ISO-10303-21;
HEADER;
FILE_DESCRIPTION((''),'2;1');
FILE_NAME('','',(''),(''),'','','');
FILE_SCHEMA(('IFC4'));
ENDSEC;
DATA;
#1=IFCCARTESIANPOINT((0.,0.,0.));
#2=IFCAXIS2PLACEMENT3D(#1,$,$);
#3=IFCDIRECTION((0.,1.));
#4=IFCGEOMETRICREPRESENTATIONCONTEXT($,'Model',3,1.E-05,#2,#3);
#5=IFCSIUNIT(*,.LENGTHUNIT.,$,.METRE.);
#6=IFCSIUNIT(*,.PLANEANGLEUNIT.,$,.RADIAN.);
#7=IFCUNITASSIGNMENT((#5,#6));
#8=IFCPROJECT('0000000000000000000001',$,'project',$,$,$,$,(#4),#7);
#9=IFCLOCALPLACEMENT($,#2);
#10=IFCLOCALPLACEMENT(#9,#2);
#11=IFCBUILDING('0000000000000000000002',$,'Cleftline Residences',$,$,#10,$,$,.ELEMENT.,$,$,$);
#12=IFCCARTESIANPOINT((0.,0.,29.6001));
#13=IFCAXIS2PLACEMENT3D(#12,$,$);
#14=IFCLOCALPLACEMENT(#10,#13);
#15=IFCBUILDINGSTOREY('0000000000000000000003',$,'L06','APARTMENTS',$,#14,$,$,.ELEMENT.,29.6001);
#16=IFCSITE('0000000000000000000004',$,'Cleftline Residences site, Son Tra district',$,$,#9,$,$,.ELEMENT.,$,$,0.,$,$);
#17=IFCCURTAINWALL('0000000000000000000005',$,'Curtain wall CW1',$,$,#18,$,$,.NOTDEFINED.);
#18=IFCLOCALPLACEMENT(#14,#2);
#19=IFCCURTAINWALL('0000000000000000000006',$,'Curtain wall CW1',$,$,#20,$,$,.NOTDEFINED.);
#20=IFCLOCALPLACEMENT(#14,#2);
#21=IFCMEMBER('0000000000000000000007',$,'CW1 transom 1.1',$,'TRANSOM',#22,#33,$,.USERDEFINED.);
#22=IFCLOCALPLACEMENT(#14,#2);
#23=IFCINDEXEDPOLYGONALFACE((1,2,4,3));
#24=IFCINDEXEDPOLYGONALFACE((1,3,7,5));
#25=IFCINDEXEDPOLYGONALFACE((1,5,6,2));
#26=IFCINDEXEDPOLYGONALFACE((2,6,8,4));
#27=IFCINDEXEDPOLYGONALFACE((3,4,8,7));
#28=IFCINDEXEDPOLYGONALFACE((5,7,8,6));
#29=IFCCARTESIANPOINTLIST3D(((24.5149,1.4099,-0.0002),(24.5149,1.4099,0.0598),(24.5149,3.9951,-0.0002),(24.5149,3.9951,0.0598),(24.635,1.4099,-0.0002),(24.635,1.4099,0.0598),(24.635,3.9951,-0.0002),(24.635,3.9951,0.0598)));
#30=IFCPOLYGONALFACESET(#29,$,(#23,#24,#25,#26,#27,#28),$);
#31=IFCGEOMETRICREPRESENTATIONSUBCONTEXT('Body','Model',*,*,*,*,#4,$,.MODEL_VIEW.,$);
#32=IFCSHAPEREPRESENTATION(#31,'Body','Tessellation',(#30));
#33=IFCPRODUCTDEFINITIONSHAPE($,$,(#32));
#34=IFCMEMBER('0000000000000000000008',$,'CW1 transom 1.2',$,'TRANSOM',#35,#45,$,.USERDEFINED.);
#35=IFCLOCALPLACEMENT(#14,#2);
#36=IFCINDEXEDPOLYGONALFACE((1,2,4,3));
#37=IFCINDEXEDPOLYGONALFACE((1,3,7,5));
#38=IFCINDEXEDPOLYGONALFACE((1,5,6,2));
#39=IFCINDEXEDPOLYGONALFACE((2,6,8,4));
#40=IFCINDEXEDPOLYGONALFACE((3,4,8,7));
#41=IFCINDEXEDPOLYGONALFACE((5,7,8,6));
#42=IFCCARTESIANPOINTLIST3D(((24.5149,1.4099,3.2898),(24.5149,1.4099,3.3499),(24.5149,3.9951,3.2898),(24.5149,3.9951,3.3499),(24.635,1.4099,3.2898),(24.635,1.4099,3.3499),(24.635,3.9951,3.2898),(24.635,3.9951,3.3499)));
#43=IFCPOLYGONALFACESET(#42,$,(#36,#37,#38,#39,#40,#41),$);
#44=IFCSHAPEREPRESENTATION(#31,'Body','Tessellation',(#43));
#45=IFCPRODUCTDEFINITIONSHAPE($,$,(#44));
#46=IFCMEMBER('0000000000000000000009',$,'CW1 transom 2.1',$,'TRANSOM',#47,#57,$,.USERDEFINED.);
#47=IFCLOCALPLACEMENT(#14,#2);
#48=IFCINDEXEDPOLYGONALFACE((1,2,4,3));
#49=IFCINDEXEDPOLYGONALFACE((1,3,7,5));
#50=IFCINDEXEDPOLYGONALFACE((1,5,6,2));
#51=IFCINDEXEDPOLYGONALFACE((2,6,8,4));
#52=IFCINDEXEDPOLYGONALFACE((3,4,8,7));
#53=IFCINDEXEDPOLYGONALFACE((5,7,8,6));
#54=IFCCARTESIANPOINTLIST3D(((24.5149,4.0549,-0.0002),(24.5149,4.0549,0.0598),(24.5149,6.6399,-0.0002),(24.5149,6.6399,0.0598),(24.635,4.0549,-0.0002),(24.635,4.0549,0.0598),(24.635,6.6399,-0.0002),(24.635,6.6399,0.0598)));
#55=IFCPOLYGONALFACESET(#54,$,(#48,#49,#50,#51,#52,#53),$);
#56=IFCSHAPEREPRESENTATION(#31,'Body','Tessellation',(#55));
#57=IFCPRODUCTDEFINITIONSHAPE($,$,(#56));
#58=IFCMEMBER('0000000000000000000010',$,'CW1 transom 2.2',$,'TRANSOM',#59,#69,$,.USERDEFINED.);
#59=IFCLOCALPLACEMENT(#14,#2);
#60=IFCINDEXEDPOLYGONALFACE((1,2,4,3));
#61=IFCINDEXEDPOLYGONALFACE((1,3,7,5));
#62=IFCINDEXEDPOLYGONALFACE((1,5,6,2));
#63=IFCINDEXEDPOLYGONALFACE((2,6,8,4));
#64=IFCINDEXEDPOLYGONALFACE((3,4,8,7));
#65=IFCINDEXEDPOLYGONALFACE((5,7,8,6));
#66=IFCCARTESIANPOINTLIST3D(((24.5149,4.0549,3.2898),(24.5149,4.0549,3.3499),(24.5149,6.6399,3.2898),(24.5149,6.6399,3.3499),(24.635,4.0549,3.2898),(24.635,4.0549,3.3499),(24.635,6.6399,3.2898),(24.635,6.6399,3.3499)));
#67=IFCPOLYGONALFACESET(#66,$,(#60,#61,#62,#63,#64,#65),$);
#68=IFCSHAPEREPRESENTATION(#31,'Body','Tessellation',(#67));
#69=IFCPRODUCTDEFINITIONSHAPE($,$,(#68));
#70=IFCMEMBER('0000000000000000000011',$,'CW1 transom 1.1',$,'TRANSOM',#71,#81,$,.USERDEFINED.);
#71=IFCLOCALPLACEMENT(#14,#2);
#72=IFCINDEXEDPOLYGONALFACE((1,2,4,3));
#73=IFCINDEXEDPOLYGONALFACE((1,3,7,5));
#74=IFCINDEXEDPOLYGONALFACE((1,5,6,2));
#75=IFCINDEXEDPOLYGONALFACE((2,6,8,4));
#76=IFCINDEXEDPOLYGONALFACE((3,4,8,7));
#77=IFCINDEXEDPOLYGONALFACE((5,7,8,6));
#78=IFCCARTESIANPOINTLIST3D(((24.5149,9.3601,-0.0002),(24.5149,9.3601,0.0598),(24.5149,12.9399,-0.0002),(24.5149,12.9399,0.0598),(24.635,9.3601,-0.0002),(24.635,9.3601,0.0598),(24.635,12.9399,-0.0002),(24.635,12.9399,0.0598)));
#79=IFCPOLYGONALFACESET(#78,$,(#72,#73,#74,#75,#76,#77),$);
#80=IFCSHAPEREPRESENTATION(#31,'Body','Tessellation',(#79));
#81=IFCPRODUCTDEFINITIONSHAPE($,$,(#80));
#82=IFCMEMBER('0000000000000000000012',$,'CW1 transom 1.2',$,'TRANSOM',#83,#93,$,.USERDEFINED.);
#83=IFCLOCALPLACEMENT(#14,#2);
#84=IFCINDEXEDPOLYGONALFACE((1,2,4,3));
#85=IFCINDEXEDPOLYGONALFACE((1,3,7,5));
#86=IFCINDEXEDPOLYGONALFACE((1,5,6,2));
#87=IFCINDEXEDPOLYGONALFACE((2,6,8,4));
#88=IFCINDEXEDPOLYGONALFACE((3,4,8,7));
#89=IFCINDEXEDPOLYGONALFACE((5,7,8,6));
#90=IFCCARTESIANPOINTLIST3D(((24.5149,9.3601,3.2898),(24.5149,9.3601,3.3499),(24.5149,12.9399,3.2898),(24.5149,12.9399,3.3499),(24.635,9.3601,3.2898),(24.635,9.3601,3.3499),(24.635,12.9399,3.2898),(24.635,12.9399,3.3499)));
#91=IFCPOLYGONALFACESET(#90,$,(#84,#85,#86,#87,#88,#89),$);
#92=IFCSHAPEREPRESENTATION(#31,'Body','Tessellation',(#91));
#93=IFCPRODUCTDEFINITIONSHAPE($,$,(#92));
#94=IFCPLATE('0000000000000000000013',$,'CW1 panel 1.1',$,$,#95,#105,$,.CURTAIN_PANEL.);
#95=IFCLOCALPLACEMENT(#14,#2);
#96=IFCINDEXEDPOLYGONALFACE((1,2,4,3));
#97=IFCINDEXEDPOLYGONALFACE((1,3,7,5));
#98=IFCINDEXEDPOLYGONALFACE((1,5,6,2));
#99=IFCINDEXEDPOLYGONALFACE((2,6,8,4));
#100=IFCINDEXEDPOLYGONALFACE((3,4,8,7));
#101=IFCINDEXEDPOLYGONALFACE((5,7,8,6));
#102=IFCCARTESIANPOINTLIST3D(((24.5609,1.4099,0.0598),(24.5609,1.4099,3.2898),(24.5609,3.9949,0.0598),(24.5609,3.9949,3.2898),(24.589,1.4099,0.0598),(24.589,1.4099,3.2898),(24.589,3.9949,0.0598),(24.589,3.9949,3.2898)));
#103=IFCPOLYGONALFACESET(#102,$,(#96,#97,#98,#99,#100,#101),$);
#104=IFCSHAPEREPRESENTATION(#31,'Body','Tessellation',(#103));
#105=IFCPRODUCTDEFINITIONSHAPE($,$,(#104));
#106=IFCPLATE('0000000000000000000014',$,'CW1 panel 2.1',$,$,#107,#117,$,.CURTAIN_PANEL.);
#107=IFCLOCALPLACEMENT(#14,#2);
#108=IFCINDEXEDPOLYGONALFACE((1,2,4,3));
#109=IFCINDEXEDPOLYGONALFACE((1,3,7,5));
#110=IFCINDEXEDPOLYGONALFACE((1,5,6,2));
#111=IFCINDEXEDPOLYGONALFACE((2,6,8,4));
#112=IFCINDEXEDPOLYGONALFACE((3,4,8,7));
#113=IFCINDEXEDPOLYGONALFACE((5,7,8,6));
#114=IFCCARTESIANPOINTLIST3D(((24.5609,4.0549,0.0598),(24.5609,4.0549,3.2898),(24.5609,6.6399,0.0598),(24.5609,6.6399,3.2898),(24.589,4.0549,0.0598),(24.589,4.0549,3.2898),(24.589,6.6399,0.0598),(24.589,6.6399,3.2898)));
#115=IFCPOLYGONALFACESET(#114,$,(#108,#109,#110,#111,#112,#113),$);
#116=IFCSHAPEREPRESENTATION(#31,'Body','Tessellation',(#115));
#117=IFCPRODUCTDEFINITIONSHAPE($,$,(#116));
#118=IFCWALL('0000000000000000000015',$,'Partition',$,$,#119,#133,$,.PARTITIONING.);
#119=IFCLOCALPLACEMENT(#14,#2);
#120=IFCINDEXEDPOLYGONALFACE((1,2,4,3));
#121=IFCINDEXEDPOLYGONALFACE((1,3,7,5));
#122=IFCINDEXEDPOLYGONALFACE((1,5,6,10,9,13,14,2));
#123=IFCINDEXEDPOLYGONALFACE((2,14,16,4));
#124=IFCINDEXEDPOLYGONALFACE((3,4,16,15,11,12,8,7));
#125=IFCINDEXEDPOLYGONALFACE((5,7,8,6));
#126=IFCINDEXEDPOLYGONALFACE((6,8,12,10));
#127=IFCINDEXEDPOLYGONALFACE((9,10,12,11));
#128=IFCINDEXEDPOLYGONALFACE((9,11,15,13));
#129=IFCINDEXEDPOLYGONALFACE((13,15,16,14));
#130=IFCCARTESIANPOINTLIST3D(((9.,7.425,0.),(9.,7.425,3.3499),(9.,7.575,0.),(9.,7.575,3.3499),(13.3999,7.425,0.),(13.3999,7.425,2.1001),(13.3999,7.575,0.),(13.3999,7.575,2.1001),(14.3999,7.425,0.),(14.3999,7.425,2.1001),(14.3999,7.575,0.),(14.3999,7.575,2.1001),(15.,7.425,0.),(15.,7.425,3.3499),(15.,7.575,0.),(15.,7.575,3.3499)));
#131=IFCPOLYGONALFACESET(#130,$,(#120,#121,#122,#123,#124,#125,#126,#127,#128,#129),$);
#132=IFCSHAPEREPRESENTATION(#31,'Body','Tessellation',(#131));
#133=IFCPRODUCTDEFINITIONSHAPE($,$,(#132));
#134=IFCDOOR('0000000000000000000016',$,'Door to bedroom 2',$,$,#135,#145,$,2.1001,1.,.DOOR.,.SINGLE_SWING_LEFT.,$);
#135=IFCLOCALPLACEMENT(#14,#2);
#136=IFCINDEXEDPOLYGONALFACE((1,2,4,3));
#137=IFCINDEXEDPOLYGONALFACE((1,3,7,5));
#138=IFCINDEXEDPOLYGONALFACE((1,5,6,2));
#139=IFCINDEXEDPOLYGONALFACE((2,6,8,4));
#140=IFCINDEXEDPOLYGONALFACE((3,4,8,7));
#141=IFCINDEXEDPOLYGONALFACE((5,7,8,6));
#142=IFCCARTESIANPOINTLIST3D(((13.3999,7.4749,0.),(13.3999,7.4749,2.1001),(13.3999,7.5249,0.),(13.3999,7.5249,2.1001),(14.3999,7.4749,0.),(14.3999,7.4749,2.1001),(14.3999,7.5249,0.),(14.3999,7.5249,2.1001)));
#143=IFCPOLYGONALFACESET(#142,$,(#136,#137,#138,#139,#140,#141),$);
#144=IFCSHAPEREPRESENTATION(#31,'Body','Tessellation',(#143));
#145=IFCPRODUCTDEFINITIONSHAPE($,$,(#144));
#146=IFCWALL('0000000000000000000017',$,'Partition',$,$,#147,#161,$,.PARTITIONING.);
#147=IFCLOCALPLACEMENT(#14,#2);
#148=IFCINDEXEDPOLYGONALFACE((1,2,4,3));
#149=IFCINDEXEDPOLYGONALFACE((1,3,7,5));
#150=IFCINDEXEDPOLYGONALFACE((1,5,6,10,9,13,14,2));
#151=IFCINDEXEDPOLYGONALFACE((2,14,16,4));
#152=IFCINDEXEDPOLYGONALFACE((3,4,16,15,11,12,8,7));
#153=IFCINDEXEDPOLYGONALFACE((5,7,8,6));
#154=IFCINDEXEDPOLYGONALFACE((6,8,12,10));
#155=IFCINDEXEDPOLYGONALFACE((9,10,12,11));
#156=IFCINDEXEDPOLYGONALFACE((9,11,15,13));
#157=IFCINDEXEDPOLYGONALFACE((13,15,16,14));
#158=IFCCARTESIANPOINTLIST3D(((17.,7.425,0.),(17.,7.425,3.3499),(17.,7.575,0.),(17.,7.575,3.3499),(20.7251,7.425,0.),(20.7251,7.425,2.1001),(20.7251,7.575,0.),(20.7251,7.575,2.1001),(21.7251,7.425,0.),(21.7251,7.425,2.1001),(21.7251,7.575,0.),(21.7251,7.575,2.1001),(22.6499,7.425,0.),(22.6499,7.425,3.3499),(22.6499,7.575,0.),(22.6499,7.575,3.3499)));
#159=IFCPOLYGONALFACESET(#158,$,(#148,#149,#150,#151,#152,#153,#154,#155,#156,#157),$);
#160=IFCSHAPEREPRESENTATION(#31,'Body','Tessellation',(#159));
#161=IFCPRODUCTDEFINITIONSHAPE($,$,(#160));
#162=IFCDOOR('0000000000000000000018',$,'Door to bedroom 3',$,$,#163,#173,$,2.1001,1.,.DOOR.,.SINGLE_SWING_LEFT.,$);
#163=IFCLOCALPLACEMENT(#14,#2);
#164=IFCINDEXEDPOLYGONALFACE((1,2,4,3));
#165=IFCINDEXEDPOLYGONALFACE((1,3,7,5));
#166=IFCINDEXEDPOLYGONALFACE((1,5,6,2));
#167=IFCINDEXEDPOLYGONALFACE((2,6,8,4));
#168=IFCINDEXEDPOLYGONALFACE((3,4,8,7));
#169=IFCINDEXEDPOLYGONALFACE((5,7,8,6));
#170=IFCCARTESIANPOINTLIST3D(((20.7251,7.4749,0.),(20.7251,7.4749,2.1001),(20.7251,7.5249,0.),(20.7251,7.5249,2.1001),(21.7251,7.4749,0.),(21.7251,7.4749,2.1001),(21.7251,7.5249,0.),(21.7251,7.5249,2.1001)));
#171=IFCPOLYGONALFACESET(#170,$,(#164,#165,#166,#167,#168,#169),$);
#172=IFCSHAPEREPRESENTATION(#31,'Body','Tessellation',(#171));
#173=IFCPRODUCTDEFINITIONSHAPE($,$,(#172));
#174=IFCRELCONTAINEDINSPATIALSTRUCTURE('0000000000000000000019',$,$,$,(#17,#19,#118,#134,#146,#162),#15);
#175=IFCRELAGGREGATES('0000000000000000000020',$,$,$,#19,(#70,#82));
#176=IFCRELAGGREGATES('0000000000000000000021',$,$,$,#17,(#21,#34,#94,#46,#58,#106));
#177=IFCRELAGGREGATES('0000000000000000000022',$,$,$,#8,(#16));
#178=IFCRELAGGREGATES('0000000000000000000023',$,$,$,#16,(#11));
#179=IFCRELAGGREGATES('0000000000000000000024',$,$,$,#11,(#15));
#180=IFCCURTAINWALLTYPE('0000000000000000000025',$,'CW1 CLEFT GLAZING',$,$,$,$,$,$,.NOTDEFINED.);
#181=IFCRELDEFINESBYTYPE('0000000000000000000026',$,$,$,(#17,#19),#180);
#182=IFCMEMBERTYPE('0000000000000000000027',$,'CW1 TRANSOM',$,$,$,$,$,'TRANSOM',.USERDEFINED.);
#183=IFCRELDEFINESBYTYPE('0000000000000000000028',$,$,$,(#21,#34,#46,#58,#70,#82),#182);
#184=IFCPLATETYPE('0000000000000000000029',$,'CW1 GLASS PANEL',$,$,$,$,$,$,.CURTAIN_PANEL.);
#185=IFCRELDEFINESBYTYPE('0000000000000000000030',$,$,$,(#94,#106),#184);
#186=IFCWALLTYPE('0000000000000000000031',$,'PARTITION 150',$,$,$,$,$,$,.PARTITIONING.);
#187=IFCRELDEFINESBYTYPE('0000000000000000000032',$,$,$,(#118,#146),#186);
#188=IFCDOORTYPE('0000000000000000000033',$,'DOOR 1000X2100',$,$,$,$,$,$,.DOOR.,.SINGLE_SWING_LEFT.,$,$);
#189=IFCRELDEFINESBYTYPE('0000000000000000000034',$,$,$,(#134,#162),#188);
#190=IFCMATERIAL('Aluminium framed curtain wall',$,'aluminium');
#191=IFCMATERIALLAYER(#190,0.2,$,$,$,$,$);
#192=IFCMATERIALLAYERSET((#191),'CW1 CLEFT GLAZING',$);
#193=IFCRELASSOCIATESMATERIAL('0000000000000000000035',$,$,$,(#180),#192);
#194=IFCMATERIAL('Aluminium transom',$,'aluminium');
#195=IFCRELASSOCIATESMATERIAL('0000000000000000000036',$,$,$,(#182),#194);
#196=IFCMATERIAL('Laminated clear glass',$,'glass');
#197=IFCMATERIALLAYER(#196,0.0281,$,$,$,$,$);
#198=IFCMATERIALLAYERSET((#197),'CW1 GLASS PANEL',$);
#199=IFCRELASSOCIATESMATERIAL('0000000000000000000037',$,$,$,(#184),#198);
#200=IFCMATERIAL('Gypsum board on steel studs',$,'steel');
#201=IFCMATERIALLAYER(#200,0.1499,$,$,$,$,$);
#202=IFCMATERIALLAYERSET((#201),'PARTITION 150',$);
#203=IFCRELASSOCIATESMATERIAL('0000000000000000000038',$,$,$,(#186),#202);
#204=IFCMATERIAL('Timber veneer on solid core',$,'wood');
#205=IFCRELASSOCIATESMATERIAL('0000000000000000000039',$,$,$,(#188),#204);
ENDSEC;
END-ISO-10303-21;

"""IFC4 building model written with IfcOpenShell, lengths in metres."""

from ifc_helpers import new_model, si_unit, direction, frame, frame_2d, origin, origin_2d, place, context, subcontext, project, spatial, rectangle, extrude, material, layer, layer_set, material_profile, profile_set, type_object, element, fill, aggregate, save


model = new_model("IFC4")

# Units and contexts
model_context = context("Model", 3, precision=1e-05, world=origin(), true_north=direction((0.0, 1.0)))
body_context = subcontext(model_context, "Body", "Model", "MODEL_VIEW")
ifc_project = project(units=[si_unit("LENGTHUNIT", "METRE"), si_unit("PLANEANGLEUNIT", "RADIAN")], contexts=[model_context])

# Site, building, storey
site_placement = place(None, origin())
site = spatial("IfcSite", under=ifc_project, at=site_placement, Name="Cleftline Residences site, Son Tra district", CompositionType="ELEMENT", RefElevation=0.0)
building_placement = place(site_placement, origin())
building = spatial("IfcBuilding", under=site, at=building_placement, Name="Cleftline Residences", CompositionType="ELEMENT")
storey_placement = place(building_placement, frame((0.0, 0.0, 29.6001)))
storey = spatial("IfcBuildingStorey", under=building, at=storey_placement, Name="L06", Description="APARTMENTS", CompositionType="ELEMENT", Elevation=29.6001)

# Curtain wall
ifc_material_1 = material(Name="Aluminium framed curtain wall", Category="aluminium")
ifc_layer_1 = layer(ifc_material_1, 0.2)
ifc_layer_set_1 = layer_set([ifc_layer_1], Name="CW1 CLEFT GLAZING")
curtain_wall_type = type_object("IfcCurtainWallType", Name="CW1 CLEFT GLAZING", PredefinedType="NOTDEFINED", material=ifc_layer_set_1)
curtain_wall_1_placement = place(storey_placement, origin())
curtain_wall_1 = element("IfcCurtainWall", 1, at=curtain_wall_1_placement, inside=storey, type_object=curtain_wall_type, Name="Curtain wall CW1", PredefinedType="NOTDEFINED")

# Curtain wall
curtain_wall_2_placement = place(storey_placement, origin())
curtain_wall_2 = element("IfcCurtainWall", 2, at=curtain_wall_2_placement, inside=storey, type_object=curtain_wall_type, Name="Curtain wall CW1", PredefinedType="NOTDEFINED")

# Members
ifc_material_2 = material(Name="Aluminium transom", Category="aluminium")
ifc_material_profile_1 = material_profile(ifc_material_2, rectangle(XDim=0.1201, YDim=0.0601, at=origin_2d()))
ifc_profile_set_1 = profile_set([ifc_material_profile_1], Name="Aluminium transom")
member_type_1 = type_object("IfcMemberType", Name="CW1 TRANSOM", ElementType="TRANSOM", PredefinedType="USERDEFINED", material=ifc_profile_set_1)
member_1_placement = place(storey_placement, frame((24.575, 1.4099, 0.0298), z_axis=(0.0, 1.0, 0.0), x_axis=(-1.0, 0.0, 0.0)))
member_1 = element("IfcMember", 3, at=member_1_placement, type_object=member_type_1, Name="CW1 transom 1.1", ObjectType="TRANSOM", PredefinedType="USERDEFINED", context=body_context, shape_type="SweptSolid", body=[
    extrude(rectangle(XDim=0.1201, YDim=0.0601, at=origin_2d()), origin(), (0.0, 0.0, 1.0), 2.5852),
])
member_2_placement = place(storey_placement, frame((24.575, 1.4099, 3.3198), z_axis=(0.0, 1.0, 0.0), x_axis=(-1.0, 0.0, 0.0)))
member_2 = element("IfcMember", 4, at=member_2_placement, type_object=member_type_1, Name="CW1 transom 1.2", ObjectType="TRANSOM", PredefinedType="USERDEFINED", context=body_context, shape_type="SweptSolid", body=[
    extrude(rectangle(XDim=0.1201, YDim=0.0601, at=origin_2d()), origin(), (0.0, 0.0, 1.0), 2.5852),
])
member_3_placement = place(storey_placement, frame((24.575, 4.0549, 0.0298), z_axis=(0.0, 1.0, 0.0), x_axis=(-1.0, 0.0, 0.0)))
member_3 = element("IfcMember", 5, at=member_3_placement, type_object=member_type_1, Name="CW1 transom 2.1", ObjectType="TRANSOM", PredefinedType="USERDEFINED", context=body_context, shape_type="SweptSolid", body=[
    extrude(rectangle(XDim=0.1201, YDim=0.0601, at=origin_2d()), origin(), (0.0, 0.0, 1.0), 2.585),
])
member_4_placement = place(storey_placement, frame((24.575, 4.0549, 3.3198), z_axis=(0.0, 1.0, 0.0), x_axis=(-1.0, 0.0, 0.0)))
member_4 = element("IfcMember", 6, at=member_4_placement, type_object=member_type_1, Name="CW1 transom 2.2", ObjectType="TRANSOM", PredefinedType="USERDEFINED", context=body_context, shape_type="SweptSolid", body=[
    extrude(rectangle(XDim=0.1201, YDim=0.0601, at=origin_2d()), origin(), (0.0, 0.0, 1.0), 2.585),
])
member_5_placement = place(storey_placement, frame((24.575, 9.3601, 0.0298), z_axis=(0.0, 1.0, 0.0), x_axis=(-1.0, 0.0, 0.0)))
member_5 = element("IfcMember", 7, at=member_5_placement, type_object=member_type_1, Name="CW1 transom 1.1", ObjectType="TRANSOM", PredefinedType="USERDEFINED", context=body_context, shape_type="SweptSolid", body=[
    extrude(rectangle(XDim=0.1201, YDim=0.0601, at=origin_2d()), origin(), (0.0, 0.0, 1.0), 3.5798),
])
member_6_placement = place(storey_placement, frame((24.575, 9.3601, 3.3198), z_axis=(0.0, 1.0, 0.0), x_axis=(-1.0, 0.0, 0.0)))
member_6 = element("IfcMember", 8, at=member_6_placement, type_object=member_type_1, Name="CW1 transom 1.2", ObjectType="TRANSOM", PredefinedType="USERDEFINED", context=body_context, shape_type="SweptSolid", body=[
    extrude(rectangle(XDim=0.1201, YDim=0.0601, at=origin_2d()), origin(), (0.0, 0.0, 1.0), 3.5798),
])
aggregate(curtain_wall_2, [member_5, member_6])

# Plates
ifc_material_3 = material(Name="Laminated clear glass", Category="glass")
ifc_layer_2 = layer(ifc_material_3, 0.0281)
ifc_layer_set_2 = layer_set([ifc_layer_2], Name="CW1 GLASS PANEL")
plate_type = type_object("IfcPlateType", Name="CW1 GLASS PANEL", PredefinedType="CURTAIN_PANEL", material=ifc_layer_set_2)
plate_1_placement = place(storey_placement, frame((24.575, 2.7024, 0.0598), z_axis=(0.0, 0.0, 1.0), x_axis=(0.0, 1.0, 0.0)))
plate_1 = element("IfcPlate", 9, at=plate_1_placement, type_object=plate_type, Name="CW1 panel 1.1", PredefinedType="CURTAIN_PANEL", context=body_context, shape_type="SweptSolid", body=[
    extrude(rectangle(XDim=2.585, YDim=0.0281, at=origin_2d()), origin(), (0.0, 0.0, 1.0), 3.23),
])
plate_2_placement = place(storey_placement, frame((24.575, 5.3474, 0.0598), z_axis=(0.0, 0.0, 1.0), x_axis=(0.0, 1.0, 0.0)))
plate_2 = element("IfcPlate", 10, at=plate_2_placement, type_object=plate_type, Name="CW1 panel 2.1", PredefinedType="CURTAIN_PANEL", context=body_context, shape_type="SweptSolid", body=[
    extrude(rectangle(XDim=2.585, YDim=0.0281, at=origin_2d()), origin(), (0.0, 0.0, 1.0), 3.23),
])
aggregate(curtain_wall_1, [member_1, member_2, plate_1, member_3, member_4, plate_2])

# Walls, openings, doors
ifc_material_4 = material(Name="Gypsum board on steel studs", Category="steel")
ifc_layer_3 = layer(ifc_material_4, 0.1499)
ifc_layer_set_3 = layer_set([ifc_layer_3], Name="PARTITION 150")
wall_type = type_object("IfcWallType", Name="PARTITION 150", PredefinedType="PARTITIONING", material=ifc_layer_set_3)
wall_1_placement = place(storey_placement, frame((9.0, 7.5, 0.0), z_axis=(0.0, 0.0, 1.0), x_axis=(1.0, 0.0, 0.0)))
wall_1 = element("IfcWall", 11, at=wall_1_placement, inside=storey, type_object=wall_type, Name="Partition", PredefinedType="PARTITIONING", context=body_context, shape_type="SweptSolid", body=[
    extrude(rectangle(XDim=6.0, YDim=0.1499, at=frame_2d((3.0, 0.0))), origin(), (0.0, 0.0, 1.0), 3.3499),
])
opening_1_placement = place(wall_1_placement, frame((4.3999, 0.0, 0.0)))
opening_1 = element("IfcOpeningElement", 12, at=opening_1_placement, cuts=wall_1, PredefinedType="OPENING", context=body_context, shape_type="SweptSolid", body=[
    extrude(rectangle(XDim=1.0, YDim=2.1001, at=frame_2d((0.5, 1.05))), frame((0.0, 0.085, 0.0), z_axis=(0.0, -1.0, 0.0), x_axis=(1.0, 0.0, 0.0)), (0.0, 0.0, 1.0), 0.1699),
])
ifc_material_5 = material(Name="Timber veneer on solid core", Category="wood")
door_type_1 = type_object("IfcDoorType", Name="DOOR 1000X2100", OperationType="SINGLE_SWING_LEFT", PredefinedType="DOOR", material=ifc_material_5)
door_1_placement = place(opening_1_placement, origin())
door_1 = element("IfcDoor", 13, at=door_1_placement, inside=storey, type_object=door_type_1, Name="Door to bedroom 2", OperationType="SINGLE_SWING_LEFT", OverallHeight=2.1001, OverallWidth=1.0, PredefinedType="DOOR", context=body_context, shape_type="SweptSolid", body=[
    extrude(rectangle(XDim=1.0, YDim=2.1001, at=frame_2d((0.5, 1.05))), frame((0.0, 0.0249, 0.0), z_axis=(0.0, -1.0, 0.0), x_axis=(1.0, 0.0, 0.0)), (0.0, 0.0, 1.0), 0.05),
])
fill(opening_1, door_1)
wall_2_placement = place(storey_placement, frame((17.0, 7.5, 0.0), z_axis=(0.0, 0.0, 1.0), x_axis=(1.0, 0.0, 0.0)))
wall_2 = element("IfcWall", 14, at=wall_2_placement, inside=storey, type_object=wall_type, Name="Partition", PredefinedType="PARTITIONING", context=body_context, shape_type="SweptSolid", body=[
    extrude(rectangle(XDim=5.6499, YDim=0.1499, at=frame_2d((2.825, 0.0))), origin(), (0.0, 0.0, 1.0), 3.3499),
])
opening_2_placement = place(wall_2_placement, frame((3.7251, 0.0, 0.0)))
opening_2 = element("IfcOpeningElement", 15, at=opening_2_placement, cuts=wall_2, PredefinedType="OPENING", context=body_context, shape_type="SweptSolid", body=[
    extrude(rectangle(XDim=1.0, YDim=2.1001, at=frame_2d((0.5, 1.05))), frame((0.0, 0.085, 0.0), z_axis=(0.0, -1.0, 0.0), x_axis=(1.0, 0.0, 0.0)), (0.0, 0.0, 1.0), 0.1699),
])
door_2_placement = place(opening_2_placement, origin())
door_2 = element("IfcDoor", 16, at=door_2_placement, inside=storey, type_object=door_type_1, Name="Door to bedroom 3", OperationType="SINGLE_SWING_LEFT", OverallHeight=2.1001, OverallWidth=1.0, PredefinedType="DOOR", context=body_context, shape_type="SweptSolid", body=[
    extrude(rectangle(XDim=1.0, YDim=2.1001, at=frame_2d((0.5, 1.05))), frame((0.0, 0.0249, 0.0), z_axis=(0.0, -1.0, 0.0), x_axis=(1.0, 0.0, 0.0)), (0.0, 0.0, 1.0), 0.05),
])
fill(opening_2, door_2)

save(model, "model.ifc")
